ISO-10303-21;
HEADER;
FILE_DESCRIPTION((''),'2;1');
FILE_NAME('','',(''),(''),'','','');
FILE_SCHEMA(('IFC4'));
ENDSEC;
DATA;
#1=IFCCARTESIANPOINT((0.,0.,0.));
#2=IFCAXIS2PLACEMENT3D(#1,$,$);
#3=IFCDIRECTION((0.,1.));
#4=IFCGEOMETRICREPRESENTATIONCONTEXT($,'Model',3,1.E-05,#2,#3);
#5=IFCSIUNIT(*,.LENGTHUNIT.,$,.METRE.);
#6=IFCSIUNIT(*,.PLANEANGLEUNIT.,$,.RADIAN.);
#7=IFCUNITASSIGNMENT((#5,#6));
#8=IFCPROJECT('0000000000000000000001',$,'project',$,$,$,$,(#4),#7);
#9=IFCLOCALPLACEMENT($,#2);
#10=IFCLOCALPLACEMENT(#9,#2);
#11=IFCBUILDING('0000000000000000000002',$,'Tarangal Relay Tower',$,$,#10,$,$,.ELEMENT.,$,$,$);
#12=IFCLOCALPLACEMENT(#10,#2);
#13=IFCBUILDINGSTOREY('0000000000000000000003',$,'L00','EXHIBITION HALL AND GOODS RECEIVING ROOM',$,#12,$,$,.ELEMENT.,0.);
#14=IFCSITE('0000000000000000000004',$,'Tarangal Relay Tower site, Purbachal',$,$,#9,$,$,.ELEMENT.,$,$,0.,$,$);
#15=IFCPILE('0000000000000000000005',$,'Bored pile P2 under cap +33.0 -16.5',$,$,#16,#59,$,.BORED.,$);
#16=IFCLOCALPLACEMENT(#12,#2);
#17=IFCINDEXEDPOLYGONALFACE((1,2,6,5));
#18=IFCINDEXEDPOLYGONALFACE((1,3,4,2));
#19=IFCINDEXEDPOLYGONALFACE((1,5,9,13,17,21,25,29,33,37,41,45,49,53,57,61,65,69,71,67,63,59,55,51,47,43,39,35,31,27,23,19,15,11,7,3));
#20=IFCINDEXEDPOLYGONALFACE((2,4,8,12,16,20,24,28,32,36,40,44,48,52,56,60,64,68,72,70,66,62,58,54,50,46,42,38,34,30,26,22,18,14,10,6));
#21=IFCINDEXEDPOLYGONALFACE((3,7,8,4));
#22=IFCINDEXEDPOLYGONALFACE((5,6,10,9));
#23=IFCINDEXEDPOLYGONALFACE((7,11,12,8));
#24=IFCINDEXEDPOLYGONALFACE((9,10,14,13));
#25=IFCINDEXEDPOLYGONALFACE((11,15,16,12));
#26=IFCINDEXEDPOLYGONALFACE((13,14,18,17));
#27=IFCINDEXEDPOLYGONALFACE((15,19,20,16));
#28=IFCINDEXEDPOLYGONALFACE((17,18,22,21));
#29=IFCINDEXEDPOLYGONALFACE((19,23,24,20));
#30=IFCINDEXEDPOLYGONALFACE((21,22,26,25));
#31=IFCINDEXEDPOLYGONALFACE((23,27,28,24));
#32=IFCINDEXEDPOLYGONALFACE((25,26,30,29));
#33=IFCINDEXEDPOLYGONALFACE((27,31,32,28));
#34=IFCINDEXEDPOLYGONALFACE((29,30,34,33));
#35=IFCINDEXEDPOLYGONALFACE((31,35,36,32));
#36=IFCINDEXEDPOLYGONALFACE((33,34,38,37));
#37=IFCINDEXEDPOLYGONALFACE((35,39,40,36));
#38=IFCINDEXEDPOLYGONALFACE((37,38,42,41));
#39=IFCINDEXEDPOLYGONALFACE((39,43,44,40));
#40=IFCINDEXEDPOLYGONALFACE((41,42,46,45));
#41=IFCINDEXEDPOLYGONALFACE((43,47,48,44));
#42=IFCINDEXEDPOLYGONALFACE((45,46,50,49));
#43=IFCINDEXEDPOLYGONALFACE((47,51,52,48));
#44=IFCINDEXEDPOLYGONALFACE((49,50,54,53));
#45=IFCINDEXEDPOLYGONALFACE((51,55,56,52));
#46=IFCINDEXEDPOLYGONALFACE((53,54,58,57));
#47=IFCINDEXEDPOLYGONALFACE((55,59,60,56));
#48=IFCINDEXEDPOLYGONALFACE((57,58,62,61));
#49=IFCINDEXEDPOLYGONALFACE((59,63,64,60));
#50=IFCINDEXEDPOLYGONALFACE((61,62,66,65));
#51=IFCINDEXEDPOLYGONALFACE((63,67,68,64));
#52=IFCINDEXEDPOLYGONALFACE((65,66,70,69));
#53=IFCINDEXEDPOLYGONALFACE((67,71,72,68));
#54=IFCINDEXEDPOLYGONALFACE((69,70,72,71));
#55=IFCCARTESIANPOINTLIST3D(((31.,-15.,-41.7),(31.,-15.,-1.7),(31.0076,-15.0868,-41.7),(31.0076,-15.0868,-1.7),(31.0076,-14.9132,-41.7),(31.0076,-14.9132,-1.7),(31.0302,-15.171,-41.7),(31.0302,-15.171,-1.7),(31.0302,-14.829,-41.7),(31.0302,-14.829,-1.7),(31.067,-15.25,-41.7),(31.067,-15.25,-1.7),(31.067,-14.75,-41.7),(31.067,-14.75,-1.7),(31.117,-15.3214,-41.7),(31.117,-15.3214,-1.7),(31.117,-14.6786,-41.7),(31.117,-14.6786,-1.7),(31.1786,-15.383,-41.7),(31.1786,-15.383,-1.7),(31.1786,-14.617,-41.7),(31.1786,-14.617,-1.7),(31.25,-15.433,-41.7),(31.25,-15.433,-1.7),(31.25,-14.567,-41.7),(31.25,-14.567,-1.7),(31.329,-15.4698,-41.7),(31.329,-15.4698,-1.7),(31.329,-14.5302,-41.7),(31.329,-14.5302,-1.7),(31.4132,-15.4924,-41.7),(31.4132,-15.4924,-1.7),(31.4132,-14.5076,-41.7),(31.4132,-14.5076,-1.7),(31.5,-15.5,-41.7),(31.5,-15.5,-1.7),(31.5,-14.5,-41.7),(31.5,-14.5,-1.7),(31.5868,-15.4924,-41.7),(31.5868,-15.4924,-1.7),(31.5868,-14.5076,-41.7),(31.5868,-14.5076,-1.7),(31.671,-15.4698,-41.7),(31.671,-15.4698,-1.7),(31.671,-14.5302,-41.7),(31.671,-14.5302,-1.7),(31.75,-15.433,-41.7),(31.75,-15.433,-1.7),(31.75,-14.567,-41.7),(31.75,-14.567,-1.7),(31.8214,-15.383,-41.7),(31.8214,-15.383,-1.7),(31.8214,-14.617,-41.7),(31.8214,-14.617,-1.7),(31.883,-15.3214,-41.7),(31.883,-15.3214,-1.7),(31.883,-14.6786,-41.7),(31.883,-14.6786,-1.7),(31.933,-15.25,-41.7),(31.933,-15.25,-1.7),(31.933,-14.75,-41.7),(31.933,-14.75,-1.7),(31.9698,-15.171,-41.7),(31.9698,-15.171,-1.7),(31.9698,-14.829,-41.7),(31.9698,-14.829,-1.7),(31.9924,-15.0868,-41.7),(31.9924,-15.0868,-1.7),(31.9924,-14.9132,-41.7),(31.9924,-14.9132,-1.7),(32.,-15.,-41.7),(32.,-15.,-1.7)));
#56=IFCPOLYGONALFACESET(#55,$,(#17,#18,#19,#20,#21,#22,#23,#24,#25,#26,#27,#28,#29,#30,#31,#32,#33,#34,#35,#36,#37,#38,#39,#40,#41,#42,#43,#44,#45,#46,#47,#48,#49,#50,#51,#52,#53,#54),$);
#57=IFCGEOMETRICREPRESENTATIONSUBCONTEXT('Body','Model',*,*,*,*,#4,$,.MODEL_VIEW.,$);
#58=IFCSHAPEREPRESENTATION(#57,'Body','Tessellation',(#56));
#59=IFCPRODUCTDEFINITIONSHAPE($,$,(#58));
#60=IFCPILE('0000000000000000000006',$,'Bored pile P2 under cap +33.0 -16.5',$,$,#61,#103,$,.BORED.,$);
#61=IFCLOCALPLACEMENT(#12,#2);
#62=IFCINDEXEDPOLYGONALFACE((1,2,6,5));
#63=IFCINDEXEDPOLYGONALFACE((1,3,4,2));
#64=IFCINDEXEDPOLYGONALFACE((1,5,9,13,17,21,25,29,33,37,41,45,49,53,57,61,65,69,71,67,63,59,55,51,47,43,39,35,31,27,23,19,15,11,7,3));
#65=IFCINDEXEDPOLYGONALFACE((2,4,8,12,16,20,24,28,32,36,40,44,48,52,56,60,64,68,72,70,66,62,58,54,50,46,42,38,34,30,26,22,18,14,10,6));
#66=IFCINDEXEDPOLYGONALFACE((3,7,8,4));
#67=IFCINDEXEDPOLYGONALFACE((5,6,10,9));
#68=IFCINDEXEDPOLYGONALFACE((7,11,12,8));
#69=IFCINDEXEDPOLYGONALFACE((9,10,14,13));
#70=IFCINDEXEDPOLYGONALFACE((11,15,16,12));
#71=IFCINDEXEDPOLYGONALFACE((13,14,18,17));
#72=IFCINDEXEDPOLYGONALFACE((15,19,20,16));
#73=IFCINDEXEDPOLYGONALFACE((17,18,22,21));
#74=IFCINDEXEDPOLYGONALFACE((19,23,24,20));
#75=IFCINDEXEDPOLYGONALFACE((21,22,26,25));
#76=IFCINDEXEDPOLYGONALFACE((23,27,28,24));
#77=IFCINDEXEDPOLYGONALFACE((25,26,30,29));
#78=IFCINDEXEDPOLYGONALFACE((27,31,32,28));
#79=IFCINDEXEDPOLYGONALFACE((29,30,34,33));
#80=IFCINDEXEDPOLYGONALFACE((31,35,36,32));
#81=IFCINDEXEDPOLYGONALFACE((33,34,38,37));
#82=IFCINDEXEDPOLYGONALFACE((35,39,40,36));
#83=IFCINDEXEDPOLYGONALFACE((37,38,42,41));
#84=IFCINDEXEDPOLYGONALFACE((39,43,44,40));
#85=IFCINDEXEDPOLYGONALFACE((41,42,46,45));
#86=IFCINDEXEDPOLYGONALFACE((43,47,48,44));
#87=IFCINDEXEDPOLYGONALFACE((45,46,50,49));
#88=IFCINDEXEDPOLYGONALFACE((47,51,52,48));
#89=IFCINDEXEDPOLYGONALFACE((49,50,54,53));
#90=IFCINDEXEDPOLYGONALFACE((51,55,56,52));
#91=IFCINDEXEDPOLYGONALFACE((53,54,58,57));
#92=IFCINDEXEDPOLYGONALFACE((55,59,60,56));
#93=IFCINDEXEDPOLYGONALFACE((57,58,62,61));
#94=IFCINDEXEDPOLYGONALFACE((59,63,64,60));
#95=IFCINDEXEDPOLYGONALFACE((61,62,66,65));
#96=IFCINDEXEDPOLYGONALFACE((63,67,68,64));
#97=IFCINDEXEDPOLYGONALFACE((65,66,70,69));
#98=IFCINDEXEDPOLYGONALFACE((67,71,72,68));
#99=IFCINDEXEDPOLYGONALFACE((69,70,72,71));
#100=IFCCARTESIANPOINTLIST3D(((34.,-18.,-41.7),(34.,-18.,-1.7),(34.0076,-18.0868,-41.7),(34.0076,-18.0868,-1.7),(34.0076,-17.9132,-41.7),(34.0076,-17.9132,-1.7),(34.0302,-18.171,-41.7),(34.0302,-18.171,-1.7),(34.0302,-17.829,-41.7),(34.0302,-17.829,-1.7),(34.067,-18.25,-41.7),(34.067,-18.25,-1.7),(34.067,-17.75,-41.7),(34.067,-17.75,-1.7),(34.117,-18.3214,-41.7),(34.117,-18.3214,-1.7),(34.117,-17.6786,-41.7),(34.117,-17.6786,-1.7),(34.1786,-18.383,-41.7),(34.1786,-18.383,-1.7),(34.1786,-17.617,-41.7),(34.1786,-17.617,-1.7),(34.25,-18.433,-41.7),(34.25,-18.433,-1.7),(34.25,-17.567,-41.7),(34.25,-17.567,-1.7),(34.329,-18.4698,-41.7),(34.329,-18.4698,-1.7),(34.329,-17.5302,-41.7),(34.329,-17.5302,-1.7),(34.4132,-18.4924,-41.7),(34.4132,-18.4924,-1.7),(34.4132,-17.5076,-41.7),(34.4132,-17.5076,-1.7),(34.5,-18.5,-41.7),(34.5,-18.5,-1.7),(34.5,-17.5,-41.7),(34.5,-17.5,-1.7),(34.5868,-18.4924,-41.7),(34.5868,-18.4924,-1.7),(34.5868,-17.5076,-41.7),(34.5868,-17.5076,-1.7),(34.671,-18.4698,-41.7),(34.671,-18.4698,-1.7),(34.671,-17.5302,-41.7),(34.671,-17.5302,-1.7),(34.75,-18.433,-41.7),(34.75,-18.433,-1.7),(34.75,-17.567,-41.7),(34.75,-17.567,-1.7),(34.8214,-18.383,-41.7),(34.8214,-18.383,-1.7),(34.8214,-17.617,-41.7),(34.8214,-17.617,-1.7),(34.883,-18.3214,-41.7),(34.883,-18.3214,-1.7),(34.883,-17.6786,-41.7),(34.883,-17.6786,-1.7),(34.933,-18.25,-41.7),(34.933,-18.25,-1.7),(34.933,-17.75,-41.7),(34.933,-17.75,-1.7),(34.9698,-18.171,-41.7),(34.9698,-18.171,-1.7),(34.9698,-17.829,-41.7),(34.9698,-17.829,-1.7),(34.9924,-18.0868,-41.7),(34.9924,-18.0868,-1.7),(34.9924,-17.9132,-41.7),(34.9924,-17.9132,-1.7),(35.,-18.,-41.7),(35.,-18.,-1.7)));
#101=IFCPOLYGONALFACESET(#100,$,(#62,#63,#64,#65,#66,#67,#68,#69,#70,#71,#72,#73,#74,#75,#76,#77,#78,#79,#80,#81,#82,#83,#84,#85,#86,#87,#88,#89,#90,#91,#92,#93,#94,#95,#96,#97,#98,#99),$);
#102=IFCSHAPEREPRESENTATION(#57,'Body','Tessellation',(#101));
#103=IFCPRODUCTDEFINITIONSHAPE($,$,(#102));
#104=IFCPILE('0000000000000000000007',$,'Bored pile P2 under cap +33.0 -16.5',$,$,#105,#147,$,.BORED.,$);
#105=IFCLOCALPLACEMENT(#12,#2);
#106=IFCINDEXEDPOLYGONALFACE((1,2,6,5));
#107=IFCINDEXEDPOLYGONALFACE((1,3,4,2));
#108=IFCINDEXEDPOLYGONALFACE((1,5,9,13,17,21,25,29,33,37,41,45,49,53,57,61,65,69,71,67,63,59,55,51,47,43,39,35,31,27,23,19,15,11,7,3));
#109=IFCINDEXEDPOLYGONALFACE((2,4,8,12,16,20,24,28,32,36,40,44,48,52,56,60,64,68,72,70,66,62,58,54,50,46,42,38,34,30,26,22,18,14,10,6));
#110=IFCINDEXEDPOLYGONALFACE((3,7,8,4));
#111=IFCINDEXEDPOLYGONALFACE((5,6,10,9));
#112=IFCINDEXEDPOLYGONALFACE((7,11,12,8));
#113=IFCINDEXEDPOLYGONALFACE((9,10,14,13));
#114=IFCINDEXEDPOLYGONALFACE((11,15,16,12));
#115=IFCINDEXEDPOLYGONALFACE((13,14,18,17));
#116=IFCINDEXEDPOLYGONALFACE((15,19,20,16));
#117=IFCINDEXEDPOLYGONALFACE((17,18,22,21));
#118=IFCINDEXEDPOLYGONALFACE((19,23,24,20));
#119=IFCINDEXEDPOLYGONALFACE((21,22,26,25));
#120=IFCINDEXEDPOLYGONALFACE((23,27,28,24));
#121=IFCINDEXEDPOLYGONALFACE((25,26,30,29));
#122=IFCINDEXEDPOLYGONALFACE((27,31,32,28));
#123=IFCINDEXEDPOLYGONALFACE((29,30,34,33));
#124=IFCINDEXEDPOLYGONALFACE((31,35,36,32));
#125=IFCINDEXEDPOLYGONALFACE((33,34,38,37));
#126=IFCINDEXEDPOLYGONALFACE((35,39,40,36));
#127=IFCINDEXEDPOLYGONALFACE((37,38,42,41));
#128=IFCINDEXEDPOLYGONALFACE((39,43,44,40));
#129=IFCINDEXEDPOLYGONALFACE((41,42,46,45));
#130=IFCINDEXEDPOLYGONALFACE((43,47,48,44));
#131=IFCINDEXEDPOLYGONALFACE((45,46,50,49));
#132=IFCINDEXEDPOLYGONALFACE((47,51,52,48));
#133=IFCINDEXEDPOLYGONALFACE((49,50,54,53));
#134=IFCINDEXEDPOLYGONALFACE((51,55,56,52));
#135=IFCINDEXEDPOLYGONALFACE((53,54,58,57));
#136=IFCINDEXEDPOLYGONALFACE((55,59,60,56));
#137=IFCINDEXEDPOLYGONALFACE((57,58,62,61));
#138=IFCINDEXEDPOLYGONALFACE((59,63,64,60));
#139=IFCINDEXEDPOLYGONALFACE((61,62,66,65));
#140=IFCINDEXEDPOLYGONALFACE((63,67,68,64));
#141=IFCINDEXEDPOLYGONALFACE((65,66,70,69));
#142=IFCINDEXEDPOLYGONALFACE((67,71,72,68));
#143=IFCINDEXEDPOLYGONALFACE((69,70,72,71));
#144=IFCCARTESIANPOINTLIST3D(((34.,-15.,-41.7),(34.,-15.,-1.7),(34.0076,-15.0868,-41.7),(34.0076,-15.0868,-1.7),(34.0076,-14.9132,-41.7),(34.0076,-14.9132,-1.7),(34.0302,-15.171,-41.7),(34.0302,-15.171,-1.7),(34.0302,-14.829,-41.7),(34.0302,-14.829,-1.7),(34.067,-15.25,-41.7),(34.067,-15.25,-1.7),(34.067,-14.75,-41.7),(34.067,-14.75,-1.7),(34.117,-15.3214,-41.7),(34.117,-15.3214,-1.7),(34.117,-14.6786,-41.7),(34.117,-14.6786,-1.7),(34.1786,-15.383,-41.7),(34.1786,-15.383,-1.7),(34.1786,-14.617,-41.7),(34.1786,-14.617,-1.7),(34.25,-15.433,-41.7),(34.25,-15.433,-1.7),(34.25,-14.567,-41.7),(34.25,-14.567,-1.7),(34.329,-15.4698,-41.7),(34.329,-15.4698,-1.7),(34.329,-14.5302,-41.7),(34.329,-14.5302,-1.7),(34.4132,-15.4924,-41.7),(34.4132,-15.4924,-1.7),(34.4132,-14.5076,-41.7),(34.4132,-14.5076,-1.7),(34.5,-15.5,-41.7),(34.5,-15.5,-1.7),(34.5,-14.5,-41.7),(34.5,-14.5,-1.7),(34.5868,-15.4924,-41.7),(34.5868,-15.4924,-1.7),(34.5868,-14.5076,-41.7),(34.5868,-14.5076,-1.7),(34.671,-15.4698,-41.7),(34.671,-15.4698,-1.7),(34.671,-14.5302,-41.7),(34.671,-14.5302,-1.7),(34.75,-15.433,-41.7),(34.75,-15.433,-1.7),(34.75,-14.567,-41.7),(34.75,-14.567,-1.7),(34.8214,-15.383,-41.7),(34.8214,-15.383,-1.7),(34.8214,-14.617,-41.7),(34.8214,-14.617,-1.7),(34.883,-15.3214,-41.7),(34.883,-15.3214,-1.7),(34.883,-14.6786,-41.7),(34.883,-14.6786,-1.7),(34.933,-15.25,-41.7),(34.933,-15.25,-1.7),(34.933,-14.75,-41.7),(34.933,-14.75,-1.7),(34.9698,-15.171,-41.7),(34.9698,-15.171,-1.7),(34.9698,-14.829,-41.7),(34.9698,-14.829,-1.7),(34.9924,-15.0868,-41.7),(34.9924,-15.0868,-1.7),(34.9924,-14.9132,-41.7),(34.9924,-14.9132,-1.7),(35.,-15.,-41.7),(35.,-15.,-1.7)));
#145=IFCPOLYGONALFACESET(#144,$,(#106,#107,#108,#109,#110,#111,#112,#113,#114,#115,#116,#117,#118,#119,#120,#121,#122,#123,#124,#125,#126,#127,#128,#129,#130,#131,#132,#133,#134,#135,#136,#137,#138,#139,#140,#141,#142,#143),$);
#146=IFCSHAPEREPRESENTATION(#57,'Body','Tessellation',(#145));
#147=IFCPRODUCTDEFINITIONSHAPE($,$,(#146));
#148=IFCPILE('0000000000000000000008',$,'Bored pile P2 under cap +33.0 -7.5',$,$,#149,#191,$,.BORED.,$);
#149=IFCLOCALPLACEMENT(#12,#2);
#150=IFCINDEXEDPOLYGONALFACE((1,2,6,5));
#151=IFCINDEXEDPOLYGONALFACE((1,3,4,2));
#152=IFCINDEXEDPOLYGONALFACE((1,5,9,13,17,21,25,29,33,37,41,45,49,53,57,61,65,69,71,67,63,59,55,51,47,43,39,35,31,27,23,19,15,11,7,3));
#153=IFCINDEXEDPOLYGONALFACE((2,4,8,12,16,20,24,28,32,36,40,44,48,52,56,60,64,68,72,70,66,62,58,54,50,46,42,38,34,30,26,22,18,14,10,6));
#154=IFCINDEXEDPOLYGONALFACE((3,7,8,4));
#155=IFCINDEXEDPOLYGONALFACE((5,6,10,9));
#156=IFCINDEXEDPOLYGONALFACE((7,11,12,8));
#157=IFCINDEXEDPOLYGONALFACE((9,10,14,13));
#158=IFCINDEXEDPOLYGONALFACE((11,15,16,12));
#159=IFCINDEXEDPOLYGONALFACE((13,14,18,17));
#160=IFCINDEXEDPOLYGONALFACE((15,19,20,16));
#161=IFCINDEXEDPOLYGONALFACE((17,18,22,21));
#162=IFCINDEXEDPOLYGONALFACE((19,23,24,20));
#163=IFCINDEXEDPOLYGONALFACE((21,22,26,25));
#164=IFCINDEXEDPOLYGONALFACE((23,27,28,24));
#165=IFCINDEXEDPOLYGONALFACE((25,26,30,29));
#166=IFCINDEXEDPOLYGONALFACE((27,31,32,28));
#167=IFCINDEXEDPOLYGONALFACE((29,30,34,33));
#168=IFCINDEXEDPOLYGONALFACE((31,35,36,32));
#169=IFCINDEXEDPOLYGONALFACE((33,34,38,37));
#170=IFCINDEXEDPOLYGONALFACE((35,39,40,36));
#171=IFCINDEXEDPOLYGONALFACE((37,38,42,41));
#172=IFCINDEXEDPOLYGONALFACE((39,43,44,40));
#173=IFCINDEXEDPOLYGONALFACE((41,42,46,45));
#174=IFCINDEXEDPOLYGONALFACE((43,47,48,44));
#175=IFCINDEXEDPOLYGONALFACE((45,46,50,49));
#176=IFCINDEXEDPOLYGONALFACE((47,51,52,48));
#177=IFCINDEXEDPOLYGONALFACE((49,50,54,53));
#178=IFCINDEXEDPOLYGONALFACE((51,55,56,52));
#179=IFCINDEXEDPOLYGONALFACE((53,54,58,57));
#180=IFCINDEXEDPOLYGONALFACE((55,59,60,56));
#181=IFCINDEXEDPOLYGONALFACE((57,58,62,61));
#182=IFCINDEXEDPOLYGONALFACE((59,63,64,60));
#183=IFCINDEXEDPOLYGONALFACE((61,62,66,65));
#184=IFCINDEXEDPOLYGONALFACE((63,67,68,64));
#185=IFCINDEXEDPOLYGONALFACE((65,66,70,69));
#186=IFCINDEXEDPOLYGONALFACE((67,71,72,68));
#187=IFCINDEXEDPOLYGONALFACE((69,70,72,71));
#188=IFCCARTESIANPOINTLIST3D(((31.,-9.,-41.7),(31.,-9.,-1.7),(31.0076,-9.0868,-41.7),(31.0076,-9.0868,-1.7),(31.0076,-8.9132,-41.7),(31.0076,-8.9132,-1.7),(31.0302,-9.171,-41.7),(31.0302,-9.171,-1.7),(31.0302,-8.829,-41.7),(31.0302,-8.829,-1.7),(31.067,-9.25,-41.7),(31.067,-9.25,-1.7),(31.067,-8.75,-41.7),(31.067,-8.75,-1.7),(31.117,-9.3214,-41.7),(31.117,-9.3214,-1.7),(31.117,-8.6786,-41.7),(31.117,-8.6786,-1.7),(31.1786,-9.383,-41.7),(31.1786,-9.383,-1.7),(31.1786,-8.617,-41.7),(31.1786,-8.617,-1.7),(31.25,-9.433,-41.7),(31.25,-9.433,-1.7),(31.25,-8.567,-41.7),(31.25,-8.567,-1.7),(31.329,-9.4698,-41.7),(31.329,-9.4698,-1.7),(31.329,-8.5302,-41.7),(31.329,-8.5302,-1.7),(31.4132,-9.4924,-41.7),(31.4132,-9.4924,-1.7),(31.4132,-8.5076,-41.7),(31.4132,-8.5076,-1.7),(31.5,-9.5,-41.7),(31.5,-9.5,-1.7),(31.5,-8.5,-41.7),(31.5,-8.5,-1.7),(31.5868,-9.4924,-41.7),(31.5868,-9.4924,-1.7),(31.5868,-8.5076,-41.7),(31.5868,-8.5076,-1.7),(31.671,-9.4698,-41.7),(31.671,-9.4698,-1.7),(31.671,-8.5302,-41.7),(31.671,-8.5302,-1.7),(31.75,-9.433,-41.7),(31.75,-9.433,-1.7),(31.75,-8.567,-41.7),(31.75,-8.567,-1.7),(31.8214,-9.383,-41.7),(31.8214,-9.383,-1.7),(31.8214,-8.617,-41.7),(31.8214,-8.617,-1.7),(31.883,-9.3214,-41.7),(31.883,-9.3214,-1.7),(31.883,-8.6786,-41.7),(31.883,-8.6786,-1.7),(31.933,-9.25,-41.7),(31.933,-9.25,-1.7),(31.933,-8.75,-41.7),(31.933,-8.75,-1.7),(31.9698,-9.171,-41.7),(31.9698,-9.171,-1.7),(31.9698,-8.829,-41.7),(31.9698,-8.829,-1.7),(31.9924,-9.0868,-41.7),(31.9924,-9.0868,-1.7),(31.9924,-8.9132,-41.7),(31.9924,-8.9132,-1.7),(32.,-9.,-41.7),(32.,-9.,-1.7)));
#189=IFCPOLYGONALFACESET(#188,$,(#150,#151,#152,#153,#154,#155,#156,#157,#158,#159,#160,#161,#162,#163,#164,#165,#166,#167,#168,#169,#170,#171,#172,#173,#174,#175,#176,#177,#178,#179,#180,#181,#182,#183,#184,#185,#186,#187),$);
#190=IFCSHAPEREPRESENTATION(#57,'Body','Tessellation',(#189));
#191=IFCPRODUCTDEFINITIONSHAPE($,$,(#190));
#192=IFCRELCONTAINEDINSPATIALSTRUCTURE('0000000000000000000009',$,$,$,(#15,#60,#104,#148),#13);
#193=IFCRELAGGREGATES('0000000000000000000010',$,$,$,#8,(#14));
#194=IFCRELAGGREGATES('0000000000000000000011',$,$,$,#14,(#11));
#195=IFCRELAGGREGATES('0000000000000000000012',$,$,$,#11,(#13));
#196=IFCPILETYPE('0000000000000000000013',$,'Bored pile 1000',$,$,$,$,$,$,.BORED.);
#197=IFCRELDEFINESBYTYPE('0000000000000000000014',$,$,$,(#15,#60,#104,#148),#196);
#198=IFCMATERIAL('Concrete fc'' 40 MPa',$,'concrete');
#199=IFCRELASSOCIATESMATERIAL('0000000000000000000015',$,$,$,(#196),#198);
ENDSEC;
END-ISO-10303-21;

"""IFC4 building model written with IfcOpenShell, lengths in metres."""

from ifc_helpers import new_model, si_unit, direction, frame, origin, origin_2d, place, context, subcontext, project, spatial, circle, extrude, material, material_profile, profile_set, type_object, element, save


model = new_model("IFC4")

# Units and contexts
model_context = context("Model", 3, precision=1e-05, world=origin(), true_north=direction((0.0, 1.0)))
body_context = subcontext(model_context, "Body", "Model", "MODEL_VIEW")
ifc_project = project(units=[si_unit("LENGTHUNIT", "METRE"), si_unit("PLANEANGLEUNIT", "RADIAN")], contexts=[model_context])

# Site, building, storey
site_placement = place(None, origin())
site = spatial("IfcSite", under=ifc_project, at=site_placement, Name="Tarangal Relay Tower site, Purbachal", CompositionType="ELEMENT", RefElevation=0.0)
building_placement = place(site_placement, origin())
building = spatial("IfcBuilding", under=site, at=building_placement, Name="Tarangal Relay Tower", CompositionType="ELEMENT")
storey_placement = place(building_placement, origin())
storey = spatial("IfcBuildingStorey", under=building, at=storey_placement, Name="L00", Description="EXHIBITION HALL AND GOODS RECEIVING ROOM", CompositionType="ELEMENT", Elevation=0.0)

# Piles
ifc_material_1 = material(Name="Concrete fc' 40 MPa", Category="concrete")
ifc_material_profile_1 = material_profile(ifc_material_1, circle(Radius=0.5, at=origin_2d()), Name="D1000")
ifc_profile_set_1 = profile_set([ifc_material_profile_1], Name="Concrete fc' 40 MPa")
pile_type_1 = type_object("IfcPileType", Name="Bored pile 1000", PredefinedType="BORED", material=ifc_profile_set_1)
for number, where, z_axis, x_axis, name in (
    (1, (31.5, -15.0, -1.7), (0.0, 0.0, -1.0), (1.0, 0.0, 0.0), "Bored pile P2 under cap +33.0 -16.5"),
    (2, (34.5, -18.0, -1.7), (0.0, 0.0, -1.0), (1.0, 0.0, 0.0), "Bored pile P2 under cap +33.0 -16.5"),
    (3, (34.5, -15.0, -1.7), (0.0, 0.0, -1.0), (1.0, 0.0, 0.0), "Bored pile P2 under cap +33.0 -16.5"),
    (4, (31.5, -9.0, -1.7), (0.0, 0.0, -1.0), (1.0, 0.0, 0.0), "Bored pile P2 under cap +33.0 -7.5"),
):
    element("IfcPile", number, at=place(storey_placement, frame(where, z_axis=z_axis, x_axis=x_axis)), inside=storey, type_object=pile_type_1, Name=name, PredefinedType="BORED", context=body_context, shape_type="SweptSolid", body=[
        extrude(circle(Radius=0.5, at=origin_2d()), origin(), (0.0, 0.0, 1.0), 40.0),
    ])

save(model, "model.ifc")
